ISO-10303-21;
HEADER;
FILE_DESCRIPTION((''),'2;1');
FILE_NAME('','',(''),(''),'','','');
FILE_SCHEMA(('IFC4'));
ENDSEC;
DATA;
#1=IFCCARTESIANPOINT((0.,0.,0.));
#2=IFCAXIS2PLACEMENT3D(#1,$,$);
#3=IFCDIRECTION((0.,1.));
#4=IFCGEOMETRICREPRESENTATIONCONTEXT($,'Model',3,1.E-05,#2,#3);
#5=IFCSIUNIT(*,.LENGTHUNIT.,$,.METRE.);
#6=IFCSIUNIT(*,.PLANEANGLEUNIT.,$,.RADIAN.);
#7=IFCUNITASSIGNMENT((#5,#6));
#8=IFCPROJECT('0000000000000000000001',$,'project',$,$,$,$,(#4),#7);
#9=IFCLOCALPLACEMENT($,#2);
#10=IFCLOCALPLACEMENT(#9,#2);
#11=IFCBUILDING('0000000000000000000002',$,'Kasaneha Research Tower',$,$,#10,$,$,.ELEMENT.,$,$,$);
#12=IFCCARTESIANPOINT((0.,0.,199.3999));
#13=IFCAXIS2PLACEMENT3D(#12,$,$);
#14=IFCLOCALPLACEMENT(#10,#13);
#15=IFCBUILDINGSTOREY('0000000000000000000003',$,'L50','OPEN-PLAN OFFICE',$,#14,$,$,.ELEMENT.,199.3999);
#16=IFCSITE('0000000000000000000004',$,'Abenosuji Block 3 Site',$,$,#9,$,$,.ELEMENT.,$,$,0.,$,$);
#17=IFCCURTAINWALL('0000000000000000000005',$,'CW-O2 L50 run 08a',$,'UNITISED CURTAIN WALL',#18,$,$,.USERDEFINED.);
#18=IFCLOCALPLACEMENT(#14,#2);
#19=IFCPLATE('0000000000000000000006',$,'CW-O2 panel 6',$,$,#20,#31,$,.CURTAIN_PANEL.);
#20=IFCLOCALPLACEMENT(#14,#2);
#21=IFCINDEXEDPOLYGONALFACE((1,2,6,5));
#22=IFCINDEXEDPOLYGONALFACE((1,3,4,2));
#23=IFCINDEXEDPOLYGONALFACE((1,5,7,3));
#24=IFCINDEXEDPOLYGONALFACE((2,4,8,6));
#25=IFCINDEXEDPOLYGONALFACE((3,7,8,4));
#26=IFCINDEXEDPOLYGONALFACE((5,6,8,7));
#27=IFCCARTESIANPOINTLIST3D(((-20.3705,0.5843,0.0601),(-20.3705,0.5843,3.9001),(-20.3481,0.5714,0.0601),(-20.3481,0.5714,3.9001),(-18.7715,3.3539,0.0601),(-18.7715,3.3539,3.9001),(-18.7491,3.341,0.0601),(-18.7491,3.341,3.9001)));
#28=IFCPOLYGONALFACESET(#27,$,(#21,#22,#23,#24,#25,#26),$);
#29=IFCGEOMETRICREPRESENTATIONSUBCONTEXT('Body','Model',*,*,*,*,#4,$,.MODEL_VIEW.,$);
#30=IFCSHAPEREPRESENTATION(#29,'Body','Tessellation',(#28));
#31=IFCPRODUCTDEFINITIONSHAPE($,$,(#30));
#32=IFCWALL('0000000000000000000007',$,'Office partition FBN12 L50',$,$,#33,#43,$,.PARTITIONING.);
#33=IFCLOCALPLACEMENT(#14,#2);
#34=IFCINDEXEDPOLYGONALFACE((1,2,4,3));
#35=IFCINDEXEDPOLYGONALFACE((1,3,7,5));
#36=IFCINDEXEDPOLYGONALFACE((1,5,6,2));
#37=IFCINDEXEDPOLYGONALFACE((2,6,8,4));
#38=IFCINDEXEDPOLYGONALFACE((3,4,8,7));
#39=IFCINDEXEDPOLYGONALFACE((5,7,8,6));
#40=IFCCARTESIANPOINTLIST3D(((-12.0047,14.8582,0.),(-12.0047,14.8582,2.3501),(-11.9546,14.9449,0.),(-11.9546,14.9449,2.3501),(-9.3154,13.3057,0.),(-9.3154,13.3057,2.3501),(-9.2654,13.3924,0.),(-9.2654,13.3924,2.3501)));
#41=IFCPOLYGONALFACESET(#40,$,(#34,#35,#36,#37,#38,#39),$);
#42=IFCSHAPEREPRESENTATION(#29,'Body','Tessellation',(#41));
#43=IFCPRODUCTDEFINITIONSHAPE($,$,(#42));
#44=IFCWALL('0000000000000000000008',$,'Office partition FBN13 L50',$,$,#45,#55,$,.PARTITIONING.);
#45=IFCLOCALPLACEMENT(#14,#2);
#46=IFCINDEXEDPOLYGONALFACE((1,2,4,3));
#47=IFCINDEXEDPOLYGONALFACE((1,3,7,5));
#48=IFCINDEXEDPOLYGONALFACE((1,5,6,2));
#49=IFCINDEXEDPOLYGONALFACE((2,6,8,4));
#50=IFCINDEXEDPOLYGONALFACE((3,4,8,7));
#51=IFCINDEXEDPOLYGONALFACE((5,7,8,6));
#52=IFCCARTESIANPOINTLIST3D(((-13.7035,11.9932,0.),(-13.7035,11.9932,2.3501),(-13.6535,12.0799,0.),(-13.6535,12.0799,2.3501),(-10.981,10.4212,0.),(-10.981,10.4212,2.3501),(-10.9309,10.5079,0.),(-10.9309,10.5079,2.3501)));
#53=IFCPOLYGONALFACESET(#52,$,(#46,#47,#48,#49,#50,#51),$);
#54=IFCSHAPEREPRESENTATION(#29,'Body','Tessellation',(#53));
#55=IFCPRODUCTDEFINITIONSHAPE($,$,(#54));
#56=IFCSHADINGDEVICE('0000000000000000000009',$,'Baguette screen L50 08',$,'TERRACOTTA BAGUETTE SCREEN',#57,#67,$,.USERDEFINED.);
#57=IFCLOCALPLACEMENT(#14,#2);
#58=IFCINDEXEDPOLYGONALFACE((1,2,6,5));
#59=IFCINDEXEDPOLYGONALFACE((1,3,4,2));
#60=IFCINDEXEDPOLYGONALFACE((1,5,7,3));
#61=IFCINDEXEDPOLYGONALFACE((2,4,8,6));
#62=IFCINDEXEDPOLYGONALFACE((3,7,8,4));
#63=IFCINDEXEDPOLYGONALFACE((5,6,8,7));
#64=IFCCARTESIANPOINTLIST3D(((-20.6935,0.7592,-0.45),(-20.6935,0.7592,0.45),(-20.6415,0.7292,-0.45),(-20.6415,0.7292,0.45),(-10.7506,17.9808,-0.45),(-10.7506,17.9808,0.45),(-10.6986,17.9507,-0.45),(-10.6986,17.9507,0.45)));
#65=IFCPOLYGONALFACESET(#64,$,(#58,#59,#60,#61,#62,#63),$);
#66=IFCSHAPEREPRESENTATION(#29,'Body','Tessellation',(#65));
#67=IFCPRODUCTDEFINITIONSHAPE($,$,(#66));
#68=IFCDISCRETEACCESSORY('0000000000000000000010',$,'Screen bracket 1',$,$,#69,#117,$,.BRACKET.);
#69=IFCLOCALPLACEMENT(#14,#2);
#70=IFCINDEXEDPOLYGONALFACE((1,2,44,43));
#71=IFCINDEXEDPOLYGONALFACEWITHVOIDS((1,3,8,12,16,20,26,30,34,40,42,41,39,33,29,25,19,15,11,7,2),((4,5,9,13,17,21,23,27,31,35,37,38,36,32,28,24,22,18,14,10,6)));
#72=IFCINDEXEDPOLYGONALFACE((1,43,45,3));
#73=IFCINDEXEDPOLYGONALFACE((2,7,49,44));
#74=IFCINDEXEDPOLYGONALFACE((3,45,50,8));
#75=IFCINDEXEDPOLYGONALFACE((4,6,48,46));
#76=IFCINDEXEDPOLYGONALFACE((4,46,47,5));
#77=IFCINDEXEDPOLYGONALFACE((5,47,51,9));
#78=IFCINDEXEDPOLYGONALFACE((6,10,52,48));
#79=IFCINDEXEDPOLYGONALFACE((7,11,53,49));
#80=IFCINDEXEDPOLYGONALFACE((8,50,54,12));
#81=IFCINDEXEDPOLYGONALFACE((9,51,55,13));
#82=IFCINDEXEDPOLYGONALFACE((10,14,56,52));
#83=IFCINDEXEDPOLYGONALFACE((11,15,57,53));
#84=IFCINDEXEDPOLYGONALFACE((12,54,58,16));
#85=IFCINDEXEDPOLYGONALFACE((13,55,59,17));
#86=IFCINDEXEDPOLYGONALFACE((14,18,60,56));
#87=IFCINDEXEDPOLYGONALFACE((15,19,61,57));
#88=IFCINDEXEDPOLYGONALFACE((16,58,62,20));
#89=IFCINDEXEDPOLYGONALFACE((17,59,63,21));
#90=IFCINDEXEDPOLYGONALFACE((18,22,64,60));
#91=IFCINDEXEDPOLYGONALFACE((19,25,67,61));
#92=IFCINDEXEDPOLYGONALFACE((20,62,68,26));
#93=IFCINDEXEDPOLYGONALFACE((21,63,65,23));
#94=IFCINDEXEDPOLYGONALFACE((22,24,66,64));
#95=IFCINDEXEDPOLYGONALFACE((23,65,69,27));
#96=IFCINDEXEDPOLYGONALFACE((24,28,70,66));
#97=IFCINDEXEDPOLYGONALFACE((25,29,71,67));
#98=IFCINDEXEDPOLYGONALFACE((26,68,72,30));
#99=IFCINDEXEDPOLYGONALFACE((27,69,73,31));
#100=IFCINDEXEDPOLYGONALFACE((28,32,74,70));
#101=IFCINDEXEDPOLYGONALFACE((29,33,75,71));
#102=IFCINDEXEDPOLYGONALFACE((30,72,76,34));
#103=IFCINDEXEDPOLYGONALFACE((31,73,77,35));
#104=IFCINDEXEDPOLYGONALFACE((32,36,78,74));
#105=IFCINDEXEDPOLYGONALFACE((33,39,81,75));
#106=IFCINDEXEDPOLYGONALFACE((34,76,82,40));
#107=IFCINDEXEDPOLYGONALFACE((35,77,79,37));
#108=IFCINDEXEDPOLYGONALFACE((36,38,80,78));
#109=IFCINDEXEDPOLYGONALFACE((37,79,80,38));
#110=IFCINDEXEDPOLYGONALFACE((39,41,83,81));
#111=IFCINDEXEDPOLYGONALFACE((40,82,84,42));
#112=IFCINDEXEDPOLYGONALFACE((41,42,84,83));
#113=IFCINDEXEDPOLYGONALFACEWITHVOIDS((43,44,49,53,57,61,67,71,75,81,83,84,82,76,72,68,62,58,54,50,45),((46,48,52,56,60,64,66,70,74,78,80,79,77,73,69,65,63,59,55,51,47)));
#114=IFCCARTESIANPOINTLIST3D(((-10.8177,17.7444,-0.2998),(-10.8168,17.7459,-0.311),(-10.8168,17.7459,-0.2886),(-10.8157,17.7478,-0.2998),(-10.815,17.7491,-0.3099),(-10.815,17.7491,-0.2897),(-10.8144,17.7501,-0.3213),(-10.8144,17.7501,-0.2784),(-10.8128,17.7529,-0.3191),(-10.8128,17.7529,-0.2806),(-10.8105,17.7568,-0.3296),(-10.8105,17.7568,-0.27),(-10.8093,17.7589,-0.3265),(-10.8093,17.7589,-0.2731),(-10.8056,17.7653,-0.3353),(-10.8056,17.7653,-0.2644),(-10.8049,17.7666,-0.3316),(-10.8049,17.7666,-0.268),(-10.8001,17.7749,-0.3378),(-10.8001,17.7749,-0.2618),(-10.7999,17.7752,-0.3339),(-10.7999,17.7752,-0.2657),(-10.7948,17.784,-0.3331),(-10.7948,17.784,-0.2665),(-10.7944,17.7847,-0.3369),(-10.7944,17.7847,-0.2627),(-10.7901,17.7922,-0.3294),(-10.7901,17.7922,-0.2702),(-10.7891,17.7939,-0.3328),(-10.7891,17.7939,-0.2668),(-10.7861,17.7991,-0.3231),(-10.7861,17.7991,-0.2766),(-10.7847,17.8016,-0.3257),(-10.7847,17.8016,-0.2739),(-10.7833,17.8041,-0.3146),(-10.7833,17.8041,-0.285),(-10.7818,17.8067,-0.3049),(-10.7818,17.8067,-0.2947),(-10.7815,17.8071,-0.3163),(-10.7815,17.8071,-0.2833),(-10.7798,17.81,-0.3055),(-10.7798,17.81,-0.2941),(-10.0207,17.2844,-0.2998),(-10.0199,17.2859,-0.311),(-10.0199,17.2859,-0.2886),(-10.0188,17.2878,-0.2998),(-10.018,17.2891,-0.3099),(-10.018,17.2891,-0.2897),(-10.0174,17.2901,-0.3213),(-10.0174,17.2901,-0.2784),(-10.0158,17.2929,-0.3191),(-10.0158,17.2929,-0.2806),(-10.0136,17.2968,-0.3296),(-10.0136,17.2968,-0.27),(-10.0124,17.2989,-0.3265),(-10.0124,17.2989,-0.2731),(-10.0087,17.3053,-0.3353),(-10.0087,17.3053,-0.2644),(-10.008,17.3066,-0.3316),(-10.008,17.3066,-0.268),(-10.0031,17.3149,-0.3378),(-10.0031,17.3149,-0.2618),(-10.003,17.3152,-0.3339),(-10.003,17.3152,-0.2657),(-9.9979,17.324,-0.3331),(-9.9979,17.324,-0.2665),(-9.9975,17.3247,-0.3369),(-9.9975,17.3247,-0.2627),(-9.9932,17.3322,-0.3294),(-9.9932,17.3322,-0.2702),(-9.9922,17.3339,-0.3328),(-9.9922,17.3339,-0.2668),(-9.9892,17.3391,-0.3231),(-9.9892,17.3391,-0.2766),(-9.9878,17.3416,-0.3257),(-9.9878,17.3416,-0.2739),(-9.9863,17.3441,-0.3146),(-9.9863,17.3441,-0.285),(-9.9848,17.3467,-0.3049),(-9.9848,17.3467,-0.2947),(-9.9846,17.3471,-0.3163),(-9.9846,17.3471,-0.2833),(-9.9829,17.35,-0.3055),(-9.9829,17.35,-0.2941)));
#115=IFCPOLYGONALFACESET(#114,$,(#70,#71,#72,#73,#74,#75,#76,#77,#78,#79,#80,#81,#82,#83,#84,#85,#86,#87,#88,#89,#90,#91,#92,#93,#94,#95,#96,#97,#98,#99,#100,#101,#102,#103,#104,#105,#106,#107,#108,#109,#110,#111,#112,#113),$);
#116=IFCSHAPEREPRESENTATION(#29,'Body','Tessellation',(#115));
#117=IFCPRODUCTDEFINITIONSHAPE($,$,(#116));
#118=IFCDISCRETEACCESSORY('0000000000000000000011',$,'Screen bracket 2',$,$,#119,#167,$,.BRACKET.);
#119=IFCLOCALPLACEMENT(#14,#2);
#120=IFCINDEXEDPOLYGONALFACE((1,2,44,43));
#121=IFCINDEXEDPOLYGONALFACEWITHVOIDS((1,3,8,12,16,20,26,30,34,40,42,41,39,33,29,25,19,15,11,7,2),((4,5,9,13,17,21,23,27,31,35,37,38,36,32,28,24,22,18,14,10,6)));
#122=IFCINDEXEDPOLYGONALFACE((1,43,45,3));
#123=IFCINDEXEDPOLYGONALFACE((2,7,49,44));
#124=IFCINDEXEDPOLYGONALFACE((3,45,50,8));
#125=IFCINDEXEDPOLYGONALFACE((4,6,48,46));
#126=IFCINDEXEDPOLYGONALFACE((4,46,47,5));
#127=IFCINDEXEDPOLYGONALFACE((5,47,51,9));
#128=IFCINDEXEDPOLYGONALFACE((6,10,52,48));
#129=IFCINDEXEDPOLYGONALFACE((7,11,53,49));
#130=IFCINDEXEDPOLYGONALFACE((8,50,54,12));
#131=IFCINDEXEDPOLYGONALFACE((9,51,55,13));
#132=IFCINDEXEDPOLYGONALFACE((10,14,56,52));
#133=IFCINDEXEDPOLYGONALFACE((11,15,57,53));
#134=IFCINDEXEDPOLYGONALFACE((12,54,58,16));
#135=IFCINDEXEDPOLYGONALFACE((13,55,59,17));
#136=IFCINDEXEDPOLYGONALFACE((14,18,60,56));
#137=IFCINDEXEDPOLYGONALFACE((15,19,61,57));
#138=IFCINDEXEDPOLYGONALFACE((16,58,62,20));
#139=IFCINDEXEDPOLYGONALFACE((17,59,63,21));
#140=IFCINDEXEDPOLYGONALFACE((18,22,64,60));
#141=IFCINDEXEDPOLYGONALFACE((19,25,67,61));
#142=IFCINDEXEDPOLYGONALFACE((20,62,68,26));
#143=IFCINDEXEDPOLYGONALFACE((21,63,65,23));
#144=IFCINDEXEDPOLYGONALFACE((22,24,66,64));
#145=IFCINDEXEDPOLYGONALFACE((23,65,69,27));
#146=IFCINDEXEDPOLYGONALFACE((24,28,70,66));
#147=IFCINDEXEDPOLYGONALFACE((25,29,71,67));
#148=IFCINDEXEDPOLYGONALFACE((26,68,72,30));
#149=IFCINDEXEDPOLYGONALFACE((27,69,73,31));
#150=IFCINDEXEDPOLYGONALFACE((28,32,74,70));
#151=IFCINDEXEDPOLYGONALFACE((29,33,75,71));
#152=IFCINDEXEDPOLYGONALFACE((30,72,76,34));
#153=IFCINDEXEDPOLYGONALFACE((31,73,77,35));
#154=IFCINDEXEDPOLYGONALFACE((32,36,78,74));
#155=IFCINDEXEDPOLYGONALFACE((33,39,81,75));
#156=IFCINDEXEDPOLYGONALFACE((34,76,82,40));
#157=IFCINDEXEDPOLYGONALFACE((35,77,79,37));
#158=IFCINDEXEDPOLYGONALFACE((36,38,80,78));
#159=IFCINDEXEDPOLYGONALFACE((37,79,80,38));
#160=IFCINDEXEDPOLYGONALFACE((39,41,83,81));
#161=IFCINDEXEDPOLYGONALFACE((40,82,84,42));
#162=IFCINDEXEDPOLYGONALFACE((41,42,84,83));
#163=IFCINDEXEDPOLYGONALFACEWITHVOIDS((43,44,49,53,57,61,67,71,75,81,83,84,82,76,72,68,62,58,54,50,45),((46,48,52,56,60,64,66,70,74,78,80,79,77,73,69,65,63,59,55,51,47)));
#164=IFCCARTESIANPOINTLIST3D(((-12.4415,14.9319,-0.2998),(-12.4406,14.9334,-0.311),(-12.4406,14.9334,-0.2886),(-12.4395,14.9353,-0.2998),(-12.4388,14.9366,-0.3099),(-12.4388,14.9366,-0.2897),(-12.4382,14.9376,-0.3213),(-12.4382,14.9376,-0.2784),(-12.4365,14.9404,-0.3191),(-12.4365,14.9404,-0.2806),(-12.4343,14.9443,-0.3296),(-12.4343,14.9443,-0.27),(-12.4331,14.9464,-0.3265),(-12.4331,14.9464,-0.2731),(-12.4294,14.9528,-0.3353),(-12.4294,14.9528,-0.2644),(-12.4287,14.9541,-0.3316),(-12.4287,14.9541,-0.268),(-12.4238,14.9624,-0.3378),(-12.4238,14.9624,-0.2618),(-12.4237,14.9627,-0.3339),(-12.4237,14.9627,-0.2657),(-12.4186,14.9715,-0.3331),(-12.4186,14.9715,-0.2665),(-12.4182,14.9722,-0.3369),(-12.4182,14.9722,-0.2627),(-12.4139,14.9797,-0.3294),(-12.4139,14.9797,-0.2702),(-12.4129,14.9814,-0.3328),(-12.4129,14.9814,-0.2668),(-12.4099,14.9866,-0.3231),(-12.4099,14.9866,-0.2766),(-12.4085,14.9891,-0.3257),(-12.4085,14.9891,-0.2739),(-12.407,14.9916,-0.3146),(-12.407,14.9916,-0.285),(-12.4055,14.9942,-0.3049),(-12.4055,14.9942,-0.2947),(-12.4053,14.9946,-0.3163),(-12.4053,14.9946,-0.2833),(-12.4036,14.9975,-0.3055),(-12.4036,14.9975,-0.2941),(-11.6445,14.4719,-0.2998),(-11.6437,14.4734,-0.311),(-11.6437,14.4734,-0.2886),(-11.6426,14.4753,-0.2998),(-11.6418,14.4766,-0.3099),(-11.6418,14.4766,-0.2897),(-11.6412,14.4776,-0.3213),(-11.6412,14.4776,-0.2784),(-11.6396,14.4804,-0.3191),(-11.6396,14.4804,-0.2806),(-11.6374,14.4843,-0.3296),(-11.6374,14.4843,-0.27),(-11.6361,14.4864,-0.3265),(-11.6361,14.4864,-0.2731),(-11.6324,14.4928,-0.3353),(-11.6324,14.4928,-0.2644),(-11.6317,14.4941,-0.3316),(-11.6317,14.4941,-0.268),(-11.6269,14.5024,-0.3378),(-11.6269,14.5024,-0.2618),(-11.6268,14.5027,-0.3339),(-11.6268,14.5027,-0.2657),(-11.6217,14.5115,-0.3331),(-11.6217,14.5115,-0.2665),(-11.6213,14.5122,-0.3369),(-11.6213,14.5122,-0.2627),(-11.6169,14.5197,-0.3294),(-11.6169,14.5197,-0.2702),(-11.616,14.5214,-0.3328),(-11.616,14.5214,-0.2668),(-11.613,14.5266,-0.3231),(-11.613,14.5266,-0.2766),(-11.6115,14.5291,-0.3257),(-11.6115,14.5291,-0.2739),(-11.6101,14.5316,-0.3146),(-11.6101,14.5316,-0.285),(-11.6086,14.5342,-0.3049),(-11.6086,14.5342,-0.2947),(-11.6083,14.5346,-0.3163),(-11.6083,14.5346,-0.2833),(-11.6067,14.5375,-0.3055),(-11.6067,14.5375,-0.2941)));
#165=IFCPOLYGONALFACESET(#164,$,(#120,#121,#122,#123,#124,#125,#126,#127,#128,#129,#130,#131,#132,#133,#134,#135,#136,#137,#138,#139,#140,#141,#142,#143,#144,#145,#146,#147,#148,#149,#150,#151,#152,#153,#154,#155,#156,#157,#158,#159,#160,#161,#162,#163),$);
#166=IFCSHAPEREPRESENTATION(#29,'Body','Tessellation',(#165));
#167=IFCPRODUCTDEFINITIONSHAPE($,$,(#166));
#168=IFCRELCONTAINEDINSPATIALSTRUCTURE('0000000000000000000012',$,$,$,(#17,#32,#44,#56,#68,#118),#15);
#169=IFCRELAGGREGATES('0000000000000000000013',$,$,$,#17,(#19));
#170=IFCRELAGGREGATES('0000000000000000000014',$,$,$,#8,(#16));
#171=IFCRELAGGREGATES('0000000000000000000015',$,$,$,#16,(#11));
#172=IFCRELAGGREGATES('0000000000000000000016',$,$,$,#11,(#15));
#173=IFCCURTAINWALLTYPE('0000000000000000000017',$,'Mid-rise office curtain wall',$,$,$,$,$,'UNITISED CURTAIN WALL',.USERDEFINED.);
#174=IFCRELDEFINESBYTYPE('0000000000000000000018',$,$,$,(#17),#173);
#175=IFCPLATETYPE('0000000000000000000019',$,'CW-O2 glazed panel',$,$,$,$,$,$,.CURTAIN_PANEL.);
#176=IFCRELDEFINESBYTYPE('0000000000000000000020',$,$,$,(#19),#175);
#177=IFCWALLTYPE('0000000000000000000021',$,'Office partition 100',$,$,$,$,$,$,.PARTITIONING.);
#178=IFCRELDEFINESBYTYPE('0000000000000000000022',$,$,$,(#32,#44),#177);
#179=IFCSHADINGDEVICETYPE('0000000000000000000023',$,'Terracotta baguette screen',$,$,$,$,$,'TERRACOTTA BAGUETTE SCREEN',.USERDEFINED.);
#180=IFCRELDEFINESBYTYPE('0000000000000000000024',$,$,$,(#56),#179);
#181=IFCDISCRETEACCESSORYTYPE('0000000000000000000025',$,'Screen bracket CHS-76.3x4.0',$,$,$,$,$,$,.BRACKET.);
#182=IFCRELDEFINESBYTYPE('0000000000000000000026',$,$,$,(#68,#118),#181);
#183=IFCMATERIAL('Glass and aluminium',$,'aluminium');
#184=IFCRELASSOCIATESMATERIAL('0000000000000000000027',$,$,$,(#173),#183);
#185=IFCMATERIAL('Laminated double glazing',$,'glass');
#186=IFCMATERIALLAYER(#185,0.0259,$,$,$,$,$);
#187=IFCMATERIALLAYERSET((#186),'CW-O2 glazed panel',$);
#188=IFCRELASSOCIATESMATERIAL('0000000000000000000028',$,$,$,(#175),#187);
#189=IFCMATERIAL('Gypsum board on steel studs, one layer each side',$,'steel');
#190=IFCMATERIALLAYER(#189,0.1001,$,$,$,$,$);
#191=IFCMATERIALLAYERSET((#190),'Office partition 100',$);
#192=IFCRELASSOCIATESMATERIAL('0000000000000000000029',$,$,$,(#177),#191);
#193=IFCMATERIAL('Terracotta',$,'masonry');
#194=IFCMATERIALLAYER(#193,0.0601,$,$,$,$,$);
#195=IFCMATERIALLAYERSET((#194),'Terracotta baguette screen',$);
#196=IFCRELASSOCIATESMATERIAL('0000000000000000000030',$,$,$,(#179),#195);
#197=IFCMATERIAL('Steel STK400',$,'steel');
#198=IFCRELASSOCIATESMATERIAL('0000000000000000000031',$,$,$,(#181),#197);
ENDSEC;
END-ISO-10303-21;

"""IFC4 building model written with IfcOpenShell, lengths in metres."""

from ifc_helpers import new_model, si_unit, direction, frame, frame_2d, origin, origin_2d, place, context, subcontext, project, spatial, rectangle, hollow_circle, extrude, material, layer, layer_set, material_profile, profile_set, type_object, element, aggregate, save


model = new_model("IFC4")

# Units and contexts
model_context = context("Model", 3, precision=1e-05, world=origin(), true_north=direction((0.0, 1.0)))
body_context = subcontext(model_context, "Body", "Model", "MODEL_VIEW")
ifc_project = project(units=[si_unit("LENGTHUNIT", "METRE"), si_unit("PLANEANGLEUNIT", "RADIAN")], contexts=[model_context])

# Site, building, storey
site_placement = place(None, origin())
site = spatial("IfcSite", under=ifc_project, at=site_placement, Name="Abenosuji Block 3 Site", CompositionType="ELEMENT", RefElevation=0.0)
building_placement = place(site_placement, origin())
building = spatial("IfcBuilding", under=site, at=building_placement, Name="Kasaneha Research Tower", CompositionType="ELEMENT")
storey_placement = place(building_placement, frame((0.0, 0.0, 199.3999)))
storey = spatial("IfcBuildingStorey", under=building, at=storey_placement, Name="L50", Description="OPEN-PLAN OFFICE", CompositionType="ELEMENT", Elevation=199.3999)

# Shared definitions
ifc_material_1 = material(Name="Glass and aluminium", Category="aluminium")
curtain_wall_type = type_object("IfcCurtainWallType", Name="Mid-rise office curtain wall", ElementType="UNITISED CURTAIN WALL", PredefinedType="USERDEFINED", material=ifc_material_1)

# Curtain wall
curtain_wall_1_placement = place(storey_placement, origin())
curtain_wall_1 = element("IfcCurtainWall", 1, at=curtain_wall_1_placement, inside=storey, type_object=curtain_wall_type, Name="CW-O2 L50 run 08a", ObjectType="UNITISED CURTAIN WALL", PredefinedType="USERDEFINED")

# Plate
ifc_material_2 = material(Name="Laminated double glazing", Category="glass")
ifc_layer_1 = layer(ifc_material_2, 0.0259)
ifc_layer_set_1 = layer_set([ifc_layer_1], Name="CW-O2 glazed panel")
plate_type = type_object("IfcPlateType", Name="CW-O2 glazed panel", PredefinedType="CURTAIN_PANEL", material=ifc_layer_set_1)
plate_1_placement = place(storey_placement, frame((-19.5598, 1.9626, 0.0601), z_axis=(0.0, 0.0, 1.0), x_axis=(-0.5, -0.866025, 0.0)))
plate_1 = element("IfcPlate", 2, at=plate_1_placement, type_object=plate_type, Name="CW-O2 panel 6", PredefinedType="CURTAIN_PANEL", context=body_context, shape_type="SweptSolid", body=[
    extrude(rectangle(XDim=3.198, YDim=0.0259, at=origin_2d()), origin(), (0.0, 0.0, 1.0), 3.8401),
])
aggregate(curtain_wall_1, [plate_1])

# Walls
ifc_material_3 = material(Name="Gypsum board on steel studs, one layer each side", Category="steel")
ifc_layer_2 = layer(ifc_material_3, 0.1001)
ifc_layer_set_2 = layer_set([ifc_layer_2], Name="Office partition 100")
wall_type = type_object("IfcWallType", Name="Office partition 100", PredefinedType="PARTITIONING", material=ifc_layer_set_2)
wall_1_placement = place(storey_placement, frame((-11.9797, 14.9016, 0.0), z_axis=(0.0, 0.0, 1.0), x_axis=(0.866043, -0.49997, 0.0)))
element("IfcWall", 3, at=wall_1_placement, inside=storey, type_object=wall_type, Name="Office partition FBN12 L50", PredefinedType="PARTITIONING", context=body_context, shape_type="SweptSolid", body=[
    extrude(rectangle(XDim=3.1052, YDim=0.1001, at=frame_2d((1.5527, 0.0))), origin(), (0.0, 0.0, 1.0), 2.3501),
])
wall_2_placement = place(storey_placement, frame((-10.9561, 10.4646, 0.0), z_axis=(0.0, 0.0, 1.0), x_axis=(-0.866012, 0.500023, 0.0)))
element("IfcWall", 4, at=wall_2_placement, inside=storey, type_object=wall_type, Name="Office partition FBN13 L50", PredefinedType="PARTITIONING", context=body_context, shape_type="SweptSolid", body=[
    extrude(rectangle(XDim=3.1438, YDim=0.1001, at=frame_2d((1.5718, 0.0))), origin(), (0.0, 0.0, 1.0), 2.3501),
])

# Shading device
ifc_material_4 = material(Name="Terracotta", Category="masonry")
ifc_layer_3 = layer(ifc_material_4, 0.0601)
ifc_layer_set_3 = layer_set([ifc_layer_3], Name="Terracotta baguette screen")
shading_device_type = type_object("IfcShadingDeviceType", Name="Terracotta baguette screen", ElementType="TERRACOTTA BAGUETTE SCREEN", PredefinedType="USERDEFINED", material=ifc_layer_set_3)
shading_device_placement = place(storey_placement, frame((-15.696, 9.355, -0.45), z_axis=(0.0, 0.0, 1.0), x_axis=(-0.5, -0.866025, 0.0)))
element("IfcShadingDevice", 5, at=shading_device_placement, inside=storey, type_object=shading_device_type, Name="Baguette screen L50 08", ObjectType="TERRACOTTA BAGUETTE SCREEN", PredefinedType="USERDEFINED", context=body_context, shape_type="SweptSolid", body=[
    extrude(rectangle(XDim=19.8857, YDim=0.0601, at=origin_2d()), origin(), (0.0, 0.0, 1.0), 0.8999),
])

# Discrete accessories
ifc_material_5 = material(Name="Steel STK400", Category="steel")
ifc_material_profile_1 = material_profile(ifc_material_5, hollow_circle(Radius=0.0381, WallThickness=0.0039, at=origin_2d()), Name="CHS-76.3x4.0")
ifc_profile_set_1 = profile_set([ifc_material_profile_1], Name="Steel STK400")
discrete_accessory_type = type_object("IfcDiscreteAccessoryType", Name="Screen bracket CHS-76.3x4.0", PredefinedType="BRACKET", material=ifc_profile_set_1)
for number, where, z_axis, x_axis, name in (
    (6, (-10.0017, 17.3174, -0.2998), (-0.86608, 0.499906, 0.0), (-0.499906, -0.86608, 0.0), "Screen bracket 1"),
    (7, (-11.6255, 14.5049, -0.2998), (-0.86608, 0.499906, 0.0), (-0.499906, -0.86608, 0.0), "Screen bracket 2"),
):
    element("IfcDiscreteAccessory", number, at=place(storey_placement, frame(where, z_axis=z_axis, x_axis=x_axis)), inside=storey, type_object=discrete_accessory_type, Name=name, PredefinedType="BRACKET", context=body_context, shape_type="SweptSolid", body=[
        extrude(hollow_circle(Radius=0.0381, WallThickness=0.0039, at=origin_2d()), origin(), (0.0, 0.0, 1.0), 0.9202),
    ])

save(model, "model.ifc")
